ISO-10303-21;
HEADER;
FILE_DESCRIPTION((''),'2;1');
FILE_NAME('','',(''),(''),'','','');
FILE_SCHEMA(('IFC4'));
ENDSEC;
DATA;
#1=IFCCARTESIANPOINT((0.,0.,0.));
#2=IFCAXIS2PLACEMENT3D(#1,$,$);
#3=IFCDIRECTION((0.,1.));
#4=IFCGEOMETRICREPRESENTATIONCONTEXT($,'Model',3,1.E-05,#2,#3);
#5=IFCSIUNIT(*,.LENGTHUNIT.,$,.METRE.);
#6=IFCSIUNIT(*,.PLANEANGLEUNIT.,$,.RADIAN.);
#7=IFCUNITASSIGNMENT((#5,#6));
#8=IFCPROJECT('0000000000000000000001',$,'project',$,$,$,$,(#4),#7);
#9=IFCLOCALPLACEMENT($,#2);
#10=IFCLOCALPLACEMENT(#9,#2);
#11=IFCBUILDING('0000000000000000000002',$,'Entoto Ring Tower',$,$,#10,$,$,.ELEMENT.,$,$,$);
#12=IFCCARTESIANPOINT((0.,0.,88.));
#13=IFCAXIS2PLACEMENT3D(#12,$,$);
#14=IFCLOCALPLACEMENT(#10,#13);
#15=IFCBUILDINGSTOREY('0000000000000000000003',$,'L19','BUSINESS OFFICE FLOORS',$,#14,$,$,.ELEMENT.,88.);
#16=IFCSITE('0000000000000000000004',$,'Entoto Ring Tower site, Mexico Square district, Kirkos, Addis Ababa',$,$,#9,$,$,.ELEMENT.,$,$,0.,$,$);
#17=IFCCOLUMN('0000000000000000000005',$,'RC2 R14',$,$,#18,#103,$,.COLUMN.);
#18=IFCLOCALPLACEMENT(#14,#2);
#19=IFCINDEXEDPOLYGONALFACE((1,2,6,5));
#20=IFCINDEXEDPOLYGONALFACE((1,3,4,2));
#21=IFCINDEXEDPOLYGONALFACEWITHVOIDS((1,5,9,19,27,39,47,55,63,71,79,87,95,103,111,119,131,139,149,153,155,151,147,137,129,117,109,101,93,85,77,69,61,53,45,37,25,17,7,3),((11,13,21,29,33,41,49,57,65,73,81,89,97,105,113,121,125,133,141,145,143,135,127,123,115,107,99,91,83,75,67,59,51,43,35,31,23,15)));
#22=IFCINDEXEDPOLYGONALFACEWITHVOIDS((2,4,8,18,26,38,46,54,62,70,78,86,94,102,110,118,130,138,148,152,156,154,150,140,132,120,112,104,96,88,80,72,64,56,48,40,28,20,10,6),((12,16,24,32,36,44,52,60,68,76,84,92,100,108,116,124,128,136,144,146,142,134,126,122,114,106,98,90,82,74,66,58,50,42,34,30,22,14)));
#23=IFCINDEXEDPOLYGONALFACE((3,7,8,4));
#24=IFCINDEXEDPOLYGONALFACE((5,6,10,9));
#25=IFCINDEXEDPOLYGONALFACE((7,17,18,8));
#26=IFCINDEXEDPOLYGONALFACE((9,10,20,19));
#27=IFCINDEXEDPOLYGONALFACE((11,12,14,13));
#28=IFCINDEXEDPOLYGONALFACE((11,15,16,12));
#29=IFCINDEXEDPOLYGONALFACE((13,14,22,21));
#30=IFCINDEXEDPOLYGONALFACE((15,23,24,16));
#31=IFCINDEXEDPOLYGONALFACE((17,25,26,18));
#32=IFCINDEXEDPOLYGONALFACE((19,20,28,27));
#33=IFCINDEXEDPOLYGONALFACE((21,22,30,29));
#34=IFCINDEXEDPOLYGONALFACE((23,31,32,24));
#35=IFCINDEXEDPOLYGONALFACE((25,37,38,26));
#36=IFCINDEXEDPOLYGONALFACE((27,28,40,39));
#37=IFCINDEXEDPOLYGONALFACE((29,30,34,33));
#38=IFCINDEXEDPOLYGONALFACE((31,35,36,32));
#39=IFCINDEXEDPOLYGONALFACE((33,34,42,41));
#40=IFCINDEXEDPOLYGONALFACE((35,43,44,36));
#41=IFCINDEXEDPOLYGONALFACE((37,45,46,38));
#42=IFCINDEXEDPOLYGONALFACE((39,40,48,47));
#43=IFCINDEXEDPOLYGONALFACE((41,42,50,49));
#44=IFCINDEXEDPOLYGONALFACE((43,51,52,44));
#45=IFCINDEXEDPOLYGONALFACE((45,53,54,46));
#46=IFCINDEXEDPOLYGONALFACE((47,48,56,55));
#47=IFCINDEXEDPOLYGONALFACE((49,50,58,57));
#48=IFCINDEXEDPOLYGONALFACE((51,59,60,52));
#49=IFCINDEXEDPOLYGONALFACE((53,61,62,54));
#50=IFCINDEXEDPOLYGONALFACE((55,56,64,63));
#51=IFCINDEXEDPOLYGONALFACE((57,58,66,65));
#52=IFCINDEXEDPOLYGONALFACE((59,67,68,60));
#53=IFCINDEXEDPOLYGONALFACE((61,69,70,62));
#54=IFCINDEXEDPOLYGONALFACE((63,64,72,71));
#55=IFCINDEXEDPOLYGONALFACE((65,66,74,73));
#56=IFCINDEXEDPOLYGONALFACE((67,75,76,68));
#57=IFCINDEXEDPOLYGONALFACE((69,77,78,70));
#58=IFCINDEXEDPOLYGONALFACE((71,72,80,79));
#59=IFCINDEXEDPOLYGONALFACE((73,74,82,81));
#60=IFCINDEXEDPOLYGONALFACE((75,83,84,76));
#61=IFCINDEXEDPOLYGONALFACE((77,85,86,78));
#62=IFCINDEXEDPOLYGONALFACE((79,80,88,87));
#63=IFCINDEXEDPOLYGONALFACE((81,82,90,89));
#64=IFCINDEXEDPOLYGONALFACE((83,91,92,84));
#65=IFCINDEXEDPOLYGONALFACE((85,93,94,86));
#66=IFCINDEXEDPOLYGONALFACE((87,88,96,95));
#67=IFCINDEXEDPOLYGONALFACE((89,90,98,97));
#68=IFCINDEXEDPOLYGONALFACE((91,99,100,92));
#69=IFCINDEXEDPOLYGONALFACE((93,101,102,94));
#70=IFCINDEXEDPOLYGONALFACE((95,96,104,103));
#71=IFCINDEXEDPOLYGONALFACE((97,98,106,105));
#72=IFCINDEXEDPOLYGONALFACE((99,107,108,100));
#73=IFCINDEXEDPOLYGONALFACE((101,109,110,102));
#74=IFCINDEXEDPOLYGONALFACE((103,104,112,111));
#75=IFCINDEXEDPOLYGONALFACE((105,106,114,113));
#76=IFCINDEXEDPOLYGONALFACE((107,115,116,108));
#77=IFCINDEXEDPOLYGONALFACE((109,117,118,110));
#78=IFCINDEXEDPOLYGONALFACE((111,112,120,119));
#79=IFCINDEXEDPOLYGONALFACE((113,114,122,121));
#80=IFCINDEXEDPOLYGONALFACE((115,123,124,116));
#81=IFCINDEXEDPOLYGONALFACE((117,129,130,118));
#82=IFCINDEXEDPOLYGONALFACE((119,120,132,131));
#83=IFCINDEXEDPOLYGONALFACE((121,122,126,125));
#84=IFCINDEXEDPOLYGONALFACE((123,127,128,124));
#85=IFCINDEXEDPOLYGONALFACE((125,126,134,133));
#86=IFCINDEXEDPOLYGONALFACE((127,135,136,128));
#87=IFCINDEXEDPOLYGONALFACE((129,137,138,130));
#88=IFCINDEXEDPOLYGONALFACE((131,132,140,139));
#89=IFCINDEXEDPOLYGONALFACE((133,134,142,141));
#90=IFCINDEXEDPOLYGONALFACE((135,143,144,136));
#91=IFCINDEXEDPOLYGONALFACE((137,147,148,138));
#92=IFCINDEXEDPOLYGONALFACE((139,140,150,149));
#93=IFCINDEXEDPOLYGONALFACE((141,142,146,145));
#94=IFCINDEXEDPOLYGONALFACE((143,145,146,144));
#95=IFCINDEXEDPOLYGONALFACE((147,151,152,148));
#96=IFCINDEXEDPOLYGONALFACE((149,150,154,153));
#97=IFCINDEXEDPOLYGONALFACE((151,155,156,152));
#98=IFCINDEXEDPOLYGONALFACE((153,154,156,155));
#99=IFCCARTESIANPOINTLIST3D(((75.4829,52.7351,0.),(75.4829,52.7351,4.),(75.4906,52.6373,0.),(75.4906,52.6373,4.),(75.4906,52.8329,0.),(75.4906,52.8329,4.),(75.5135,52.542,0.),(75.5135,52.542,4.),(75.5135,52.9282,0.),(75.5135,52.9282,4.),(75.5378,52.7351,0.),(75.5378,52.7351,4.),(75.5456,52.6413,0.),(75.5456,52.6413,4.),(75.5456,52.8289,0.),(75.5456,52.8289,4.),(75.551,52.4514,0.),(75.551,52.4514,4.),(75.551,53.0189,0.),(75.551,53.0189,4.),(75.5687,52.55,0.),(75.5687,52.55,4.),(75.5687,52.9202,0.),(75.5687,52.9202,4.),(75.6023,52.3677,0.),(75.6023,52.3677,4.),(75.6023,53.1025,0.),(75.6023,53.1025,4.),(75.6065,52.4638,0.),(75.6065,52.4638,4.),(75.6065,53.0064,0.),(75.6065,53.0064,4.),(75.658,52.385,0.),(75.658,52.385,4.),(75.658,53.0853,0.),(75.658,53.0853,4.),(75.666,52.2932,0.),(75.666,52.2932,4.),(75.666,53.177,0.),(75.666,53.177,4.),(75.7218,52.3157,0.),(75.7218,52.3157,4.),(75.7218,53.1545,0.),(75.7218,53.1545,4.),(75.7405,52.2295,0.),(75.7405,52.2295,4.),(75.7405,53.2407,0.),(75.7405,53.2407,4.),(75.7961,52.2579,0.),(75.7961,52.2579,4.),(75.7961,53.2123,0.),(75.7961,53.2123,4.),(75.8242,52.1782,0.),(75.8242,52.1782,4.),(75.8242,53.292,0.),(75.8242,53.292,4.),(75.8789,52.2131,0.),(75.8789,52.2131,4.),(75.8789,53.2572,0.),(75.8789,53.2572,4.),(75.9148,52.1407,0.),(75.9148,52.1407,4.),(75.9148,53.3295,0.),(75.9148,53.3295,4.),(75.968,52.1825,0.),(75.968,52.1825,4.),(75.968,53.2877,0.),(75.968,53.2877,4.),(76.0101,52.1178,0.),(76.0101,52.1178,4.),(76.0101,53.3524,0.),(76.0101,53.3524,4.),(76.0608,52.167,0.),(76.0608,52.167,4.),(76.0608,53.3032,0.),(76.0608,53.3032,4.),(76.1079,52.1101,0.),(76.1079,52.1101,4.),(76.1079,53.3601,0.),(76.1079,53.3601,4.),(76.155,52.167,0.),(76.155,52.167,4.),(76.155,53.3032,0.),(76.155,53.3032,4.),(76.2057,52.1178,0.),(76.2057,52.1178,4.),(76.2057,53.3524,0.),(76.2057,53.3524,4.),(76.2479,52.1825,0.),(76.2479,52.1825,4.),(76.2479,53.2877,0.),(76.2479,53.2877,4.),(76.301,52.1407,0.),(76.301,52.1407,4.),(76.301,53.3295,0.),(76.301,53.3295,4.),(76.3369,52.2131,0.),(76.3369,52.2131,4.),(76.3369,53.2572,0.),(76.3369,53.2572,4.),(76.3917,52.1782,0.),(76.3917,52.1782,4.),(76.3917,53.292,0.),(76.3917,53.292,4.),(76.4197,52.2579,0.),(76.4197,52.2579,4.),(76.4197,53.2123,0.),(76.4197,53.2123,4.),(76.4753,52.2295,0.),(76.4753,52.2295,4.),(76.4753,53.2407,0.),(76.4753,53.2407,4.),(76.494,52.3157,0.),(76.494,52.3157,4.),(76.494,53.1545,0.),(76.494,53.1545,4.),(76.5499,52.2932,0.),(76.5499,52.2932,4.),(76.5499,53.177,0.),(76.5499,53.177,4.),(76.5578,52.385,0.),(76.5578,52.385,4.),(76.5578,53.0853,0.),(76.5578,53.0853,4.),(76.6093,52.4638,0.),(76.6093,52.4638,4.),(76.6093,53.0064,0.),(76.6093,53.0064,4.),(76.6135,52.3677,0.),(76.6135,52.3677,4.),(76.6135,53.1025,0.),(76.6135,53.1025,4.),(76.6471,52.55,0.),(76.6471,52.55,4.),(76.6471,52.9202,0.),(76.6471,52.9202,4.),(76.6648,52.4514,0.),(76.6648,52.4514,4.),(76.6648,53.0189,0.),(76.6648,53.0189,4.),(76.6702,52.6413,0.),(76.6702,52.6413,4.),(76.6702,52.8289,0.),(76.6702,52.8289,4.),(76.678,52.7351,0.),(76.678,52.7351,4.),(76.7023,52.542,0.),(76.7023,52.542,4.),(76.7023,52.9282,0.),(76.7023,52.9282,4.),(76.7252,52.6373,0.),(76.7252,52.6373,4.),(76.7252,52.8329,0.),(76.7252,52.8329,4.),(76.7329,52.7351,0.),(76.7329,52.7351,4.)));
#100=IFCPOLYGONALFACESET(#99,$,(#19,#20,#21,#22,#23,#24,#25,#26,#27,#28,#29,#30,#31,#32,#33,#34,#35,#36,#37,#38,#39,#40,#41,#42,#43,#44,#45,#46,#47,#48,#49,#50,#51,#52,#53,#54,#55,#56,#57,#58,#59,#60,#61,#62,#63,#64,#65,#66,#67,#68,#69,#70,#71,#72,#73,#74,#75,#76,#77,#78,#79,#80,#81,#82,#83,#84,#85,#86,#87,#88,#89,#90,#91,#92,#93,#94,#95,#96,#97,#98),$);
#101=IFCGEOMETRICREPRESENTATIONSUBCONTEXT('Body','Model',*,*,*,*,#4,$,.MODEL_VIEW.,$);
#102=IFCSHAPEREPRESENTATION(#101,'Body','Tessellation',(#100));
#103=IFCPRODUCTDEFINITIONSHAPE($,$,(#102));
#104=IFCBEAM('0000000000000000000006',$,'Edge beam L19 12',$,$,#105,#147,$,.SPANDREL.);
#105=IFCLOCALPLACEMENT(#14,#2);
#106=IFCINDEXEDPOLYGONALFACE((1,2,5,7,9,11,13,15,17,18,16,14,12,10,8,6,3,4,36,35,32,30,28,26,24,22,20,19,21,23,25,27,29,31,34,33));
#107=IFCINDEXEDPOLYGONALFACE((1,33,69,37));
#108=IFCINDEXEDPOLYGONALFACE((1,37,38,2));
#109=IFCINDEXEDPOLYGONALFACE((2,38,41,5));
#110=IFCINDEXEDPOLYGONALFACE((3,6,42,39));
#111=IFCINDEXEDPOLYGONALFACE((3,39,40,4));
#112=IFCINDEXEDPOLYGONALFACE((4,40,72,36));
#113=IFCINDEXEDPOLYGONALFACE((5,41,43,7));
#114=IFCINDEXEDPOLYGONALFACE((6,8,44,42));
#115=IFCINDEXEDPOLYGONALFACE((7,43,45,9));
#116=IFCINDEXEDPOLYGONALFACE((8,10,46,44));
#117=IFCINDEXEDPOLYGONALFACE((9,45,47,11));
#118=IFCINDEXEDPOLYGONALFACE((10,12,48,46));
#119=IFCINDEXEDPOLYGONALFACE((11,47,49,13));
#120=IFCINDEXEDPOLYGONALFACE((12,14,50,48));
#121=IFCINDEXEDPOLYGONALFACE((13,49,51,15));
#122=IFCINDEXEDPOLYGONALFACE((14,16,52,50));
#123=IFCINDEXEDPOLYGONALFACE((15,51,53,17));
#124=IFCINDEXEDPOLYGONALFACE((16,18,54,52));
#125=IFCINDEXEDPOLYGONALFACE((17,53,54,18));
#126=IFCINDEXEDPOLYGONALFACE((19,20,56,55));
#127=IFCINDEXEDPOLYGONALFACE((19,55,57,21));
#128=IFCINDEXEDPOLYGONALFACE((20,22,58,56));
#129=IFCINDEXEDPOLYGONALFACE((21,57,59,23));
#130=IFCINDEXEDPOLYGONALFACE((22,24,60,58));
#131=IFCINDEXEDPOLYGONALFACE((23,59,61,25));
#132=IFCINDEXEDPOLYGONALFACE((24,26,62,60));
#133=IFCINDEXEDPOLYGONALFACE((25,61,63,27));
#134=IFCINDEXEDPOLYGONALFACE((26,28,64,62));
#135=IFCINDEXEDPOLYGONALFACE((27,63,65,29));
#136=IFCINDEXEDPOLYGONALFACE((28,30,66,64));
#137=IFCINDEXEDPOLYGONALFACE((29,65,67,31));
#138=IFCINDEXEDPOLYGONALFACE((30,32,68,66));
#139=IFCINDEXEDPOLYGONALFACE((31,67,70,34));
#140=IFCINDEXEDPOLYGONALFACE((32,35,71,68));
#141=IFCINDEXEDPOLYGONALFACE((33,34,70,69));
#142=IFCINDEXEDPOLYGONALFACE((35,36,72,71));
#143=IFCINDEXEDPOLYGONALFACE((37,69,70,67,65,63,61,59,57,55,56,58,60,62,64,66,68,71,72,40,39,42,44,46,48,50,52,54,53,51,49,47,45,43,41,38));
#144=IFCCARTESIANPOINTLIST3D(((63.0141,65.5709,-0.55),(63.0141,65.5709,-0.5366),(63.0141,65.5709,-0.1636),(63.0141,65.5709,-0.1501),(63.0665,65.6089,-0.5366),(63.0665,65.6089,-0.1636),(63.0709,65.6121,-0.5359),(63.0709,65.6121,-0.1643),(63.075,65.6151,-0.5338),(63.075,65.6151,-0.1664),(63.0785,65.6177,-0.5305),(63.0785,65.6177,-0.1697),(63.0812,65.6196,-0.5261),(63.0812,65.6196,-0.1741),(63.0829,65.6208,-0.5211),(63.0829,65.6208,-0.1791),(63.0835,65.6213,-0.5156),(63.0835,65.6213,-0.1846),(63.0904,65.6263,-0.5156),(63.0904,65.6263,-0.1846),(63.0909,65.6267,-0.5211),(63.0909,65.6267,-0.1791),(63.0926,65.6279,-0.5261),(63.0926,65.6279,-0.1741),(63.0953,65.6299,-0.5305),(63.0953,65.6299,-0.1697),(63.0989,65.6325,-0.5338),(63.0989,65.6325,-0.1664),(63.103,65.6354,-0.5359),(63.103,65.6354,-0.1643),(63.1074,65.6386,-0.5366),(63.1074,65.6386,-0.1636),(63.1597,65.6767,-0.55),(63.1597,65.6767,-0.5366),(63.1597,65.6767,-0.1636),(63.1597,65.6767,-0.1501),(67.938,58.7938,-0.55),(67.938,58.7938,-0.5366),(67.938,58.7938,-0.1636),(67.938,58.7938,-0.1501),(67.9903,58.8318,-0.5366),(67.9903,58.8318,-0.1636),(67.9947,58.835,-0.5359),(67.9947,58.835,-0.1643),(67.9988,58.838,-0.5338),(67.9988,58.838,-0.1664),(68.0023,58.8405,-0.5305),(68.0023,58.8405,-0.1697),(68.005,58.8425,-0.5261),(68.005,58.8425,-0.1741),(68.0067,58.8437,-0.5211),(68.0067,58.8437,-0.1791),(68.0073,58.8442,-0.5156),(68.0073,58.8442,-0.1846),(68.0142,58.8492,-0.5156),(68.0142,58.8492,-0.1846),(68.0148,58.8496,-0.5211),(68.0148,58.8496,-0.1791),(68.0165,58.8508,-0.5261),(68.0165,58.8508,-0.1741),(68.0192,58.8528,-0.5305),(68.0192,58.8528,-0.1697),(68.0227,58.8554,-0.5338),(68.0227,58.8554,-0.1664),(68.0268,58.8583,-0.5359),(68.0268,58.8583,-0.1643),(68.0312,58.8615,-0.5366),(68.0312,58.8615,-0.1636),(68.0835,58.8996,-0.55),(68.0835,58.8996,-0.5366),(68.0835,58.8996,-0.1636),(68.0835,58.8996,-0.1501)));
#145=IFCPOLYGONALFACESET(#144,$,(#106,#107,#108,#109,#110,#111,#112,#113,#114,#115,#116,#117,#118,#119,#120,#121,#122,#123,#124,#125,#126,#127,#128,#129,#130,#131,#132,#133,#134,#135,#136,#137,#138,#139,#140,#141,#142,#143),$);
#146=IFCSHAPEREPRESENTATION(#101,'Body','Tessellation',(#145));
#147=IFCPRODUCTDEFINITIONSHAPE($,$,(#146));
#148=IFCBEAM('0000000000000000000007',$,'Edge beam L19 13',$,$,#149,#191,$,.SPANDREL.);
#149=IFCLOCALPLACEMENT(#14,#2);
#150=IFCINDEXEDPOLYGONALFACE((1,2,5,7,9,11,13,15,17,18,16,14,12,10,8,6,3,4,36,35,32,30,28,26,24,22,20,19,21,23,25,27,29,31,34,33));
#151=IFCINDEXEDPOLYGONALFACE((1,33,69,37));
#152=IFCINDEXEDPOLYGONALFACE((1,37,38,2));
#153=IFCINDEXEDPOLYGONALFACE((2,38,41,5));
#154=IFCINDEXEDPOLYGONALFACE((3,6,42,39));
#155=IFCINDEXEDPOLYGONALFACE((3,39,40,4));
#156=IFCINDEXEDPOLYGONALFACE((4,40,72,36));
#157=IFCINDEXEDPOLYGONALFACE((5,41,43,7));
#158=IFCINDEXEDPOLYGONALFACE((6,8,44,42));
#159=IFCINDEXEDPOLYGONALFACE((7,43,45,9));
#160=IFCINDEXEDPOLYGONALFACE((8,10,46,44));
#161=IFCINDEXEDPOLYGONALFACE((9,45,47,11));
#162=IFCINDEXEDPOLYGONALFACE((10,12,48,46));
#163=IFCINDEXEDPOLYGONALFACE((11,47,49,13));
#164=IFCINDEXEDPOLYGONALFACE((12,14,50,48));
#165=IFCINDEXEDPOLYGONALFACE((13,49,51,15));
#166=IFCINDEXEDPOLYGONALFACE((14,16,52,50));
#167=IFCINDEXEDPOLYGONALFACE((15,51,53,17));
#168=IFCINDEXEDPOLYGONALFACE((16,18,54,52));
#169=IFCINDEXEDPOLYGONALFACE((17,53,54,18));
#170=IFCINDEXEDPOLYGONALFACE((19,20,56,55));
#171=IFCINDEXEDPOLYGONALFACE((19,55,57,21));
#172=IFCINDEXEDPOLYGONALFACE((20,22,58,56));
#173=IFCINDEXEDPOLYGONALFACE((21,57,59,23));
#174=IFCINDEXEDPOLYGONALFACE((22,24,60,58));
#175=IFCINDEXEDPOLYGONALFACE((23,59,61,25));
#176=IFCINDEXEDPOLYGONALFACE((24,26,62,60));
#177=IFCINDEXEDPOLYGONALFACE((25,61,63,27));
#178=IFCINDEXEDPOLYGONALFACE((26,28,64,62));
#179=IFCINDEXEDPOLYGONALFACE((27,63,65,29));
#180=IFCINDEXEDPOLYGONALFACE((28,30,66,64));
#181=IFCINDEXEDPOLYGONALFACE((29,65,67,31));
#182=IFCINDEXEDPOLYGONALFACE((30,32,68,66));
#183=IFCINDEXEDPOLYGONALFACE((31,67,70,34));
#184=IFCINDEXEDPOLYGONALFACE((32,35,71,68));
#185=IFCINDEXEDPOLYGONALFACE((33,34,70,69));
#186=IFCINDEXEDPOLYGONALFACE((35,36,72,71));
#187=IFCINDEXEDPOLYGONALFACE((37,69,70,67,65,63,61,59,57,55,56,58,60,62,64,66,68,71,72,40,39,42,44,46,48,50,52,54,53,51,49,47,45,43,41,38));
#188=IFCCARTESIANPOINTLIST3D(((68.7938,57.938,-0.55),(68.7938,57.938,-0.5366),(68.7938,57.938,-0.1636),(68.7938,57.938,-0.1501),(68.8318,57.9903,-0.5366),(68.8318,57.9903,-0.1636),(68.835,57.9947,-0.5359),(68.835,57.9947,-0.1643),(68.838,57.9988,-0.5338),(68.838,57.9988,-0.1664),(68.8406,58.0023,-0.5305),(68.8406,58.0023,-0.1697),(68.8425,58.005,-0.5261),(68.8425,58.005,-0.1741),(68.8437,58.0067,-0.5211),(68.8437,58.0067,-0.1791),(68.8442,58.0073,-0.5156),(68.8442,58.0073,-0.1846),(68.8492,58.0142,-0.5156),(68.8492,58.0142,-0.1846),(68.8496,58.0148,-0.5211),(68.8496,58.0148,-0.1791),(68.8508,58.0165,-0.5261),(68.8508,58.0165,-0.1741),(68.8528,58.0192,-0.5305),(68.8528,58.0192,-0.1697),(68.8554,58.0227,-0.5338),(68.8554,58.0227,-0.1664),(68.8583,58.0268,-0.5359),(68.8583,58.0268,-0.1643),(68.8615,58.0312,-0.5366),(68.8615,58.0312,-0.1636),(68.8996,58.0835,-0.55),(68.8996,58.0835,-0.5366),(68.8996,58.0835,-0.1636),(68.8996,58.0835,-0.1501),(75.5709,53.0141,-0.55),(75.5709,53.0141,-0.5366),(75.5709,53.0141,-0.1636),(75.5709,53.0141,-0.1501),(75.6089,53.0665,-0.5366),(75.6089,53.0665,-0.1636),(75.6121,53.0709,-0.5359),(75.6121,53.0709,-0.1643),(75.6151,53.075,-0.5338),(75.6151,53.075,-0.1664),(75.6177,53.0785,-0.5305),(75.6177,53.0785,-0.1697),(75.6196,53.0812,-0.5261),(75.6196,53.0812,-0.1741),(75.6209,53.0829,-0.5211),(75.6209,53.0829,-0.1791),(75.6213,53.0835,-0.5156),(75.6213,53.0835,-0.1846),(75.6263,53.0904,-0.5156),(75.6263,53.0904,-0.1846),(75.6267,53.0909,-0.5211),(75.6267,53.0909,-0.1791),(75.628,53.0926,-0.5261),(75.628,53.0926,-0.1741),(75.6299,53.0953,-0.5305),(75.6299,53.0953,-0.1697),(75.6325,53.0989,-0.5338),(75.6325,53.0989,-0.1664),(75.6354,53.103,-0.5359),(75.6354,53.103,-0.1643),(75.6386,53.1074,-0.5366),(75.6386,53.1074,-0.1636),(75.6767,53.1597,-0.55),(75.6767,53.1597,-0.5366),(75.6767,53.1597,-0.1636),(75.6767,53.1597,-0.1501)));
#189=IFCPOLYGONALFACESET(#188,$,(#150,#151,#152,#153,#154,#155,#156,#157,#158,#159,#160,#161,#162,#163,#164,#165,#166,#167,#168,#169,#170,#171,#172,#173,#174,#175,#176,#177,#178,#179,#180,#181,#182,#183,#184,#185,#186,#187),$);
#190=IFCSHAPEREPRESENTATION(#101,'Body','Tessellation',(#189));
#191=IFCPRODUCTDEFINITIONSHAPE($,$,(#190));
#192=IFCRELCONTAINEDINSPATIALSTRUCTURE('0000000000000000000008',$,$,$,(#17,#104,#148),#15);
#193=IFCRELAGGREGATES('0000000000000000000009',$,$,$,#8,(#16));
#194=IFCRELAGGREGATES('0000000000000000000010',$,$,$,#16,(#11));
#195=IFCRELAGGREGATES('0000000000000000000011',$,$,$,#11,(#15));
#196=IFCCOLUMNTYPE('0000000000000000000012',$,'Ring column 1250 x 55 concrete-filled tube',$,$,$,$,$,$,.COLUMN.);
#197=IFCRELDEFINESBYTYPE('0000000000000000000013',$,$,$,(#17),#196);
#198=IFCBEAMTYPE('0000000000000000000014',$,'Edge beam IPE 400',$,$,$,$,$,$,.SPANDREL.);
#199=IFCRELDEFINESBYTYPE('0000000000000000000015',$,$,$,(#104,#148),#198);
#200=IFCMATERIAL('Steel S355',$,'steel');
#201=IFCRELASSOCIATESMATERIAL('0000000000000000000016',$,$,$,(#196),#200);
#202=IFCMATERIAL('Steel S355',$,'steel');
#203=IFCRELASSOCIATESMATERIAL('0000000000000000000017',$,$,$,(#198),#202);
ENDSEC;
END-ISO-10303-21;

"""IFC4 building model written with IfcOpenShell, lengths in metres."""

from ifc_helpers import new_model, si_unit, direction, frame, origin, origin_2d, place, context, subcontext, project, spatial, circle, hollow_circle, i_section, extrude, material, material_profile, profile_set, type_object, element, save


model = new_model("IFC4")

# Units and contexts
model_context = context("Model", 3, precision=1e-05, world=origin(), true_north=direction((0.0, 1.0)))
body_context = subcontext(model_context, "Body", "Model", "MODEL_VIEW")
ifc_project = project(units=[si_unit("LENGTHUNIT", "METRE"), si_unit("PLANEANGLEUNIT", "RADIAN")], contexts=[model_context])

# Site, building, storey
site_placement = place(None, origin())
site = spatial("IfcSite", under=ifc_project, at=site_placement, Name="Entoto Ring Tower site, Mexico Square district, Kirkos, Addis Ababa", CompositionType="ELEMENT", RefElevation=0.0)
building_placement = place(site_placement, origin())
building = spatial("IfcBuilding", under=site, at=building_placement, Name="Entoto Ring Tower", CompositionType="ELEMENT")
storey_placement = place(building_placement, frame((0.0, 0.0, 88.0)))
storey = spatial("IfcBuildingStorey", under=building, at=storey_placement, Name="L19", Description="BUSINESS OFFICE FLOORS", CompositionType="ELEMENT", Elevation=88.0)

# Column
ifc_material_1 = material(Name="Steel S355", Category="steel")
ifc_material_profile_1 = material_profile(ifc_material_1, hollow_circle(Radius=0.625, WallThickness=0.0549, at=origin_2d()), Name="CHS 1250 x 55")
ifc_material_2 = material(Name="Concrete C60/75", Category="concrete")
ifc_material_profile_2 = material_profile(ifc_material_2, circle(Radius=0.5701, at=origin_2d()), Name="Concrete C60/75 infill")
ifc_profile_set_1 = profile_set([ifc_material_profile_1, ifc_material_profile_2], Name="Steel S355")
column_type = type_object("IfcColumnType", Name="Ring column 1250 x 55 concrete-filled tube", PredefinedType="COLUMN", material=ifc_profile_set_1)
for number, where, z_axis, x_axis, name in (
    (1, (76.1079, 52.7351, 0.0), (0.0, 0.0, 1.0), (1.0, 0.0, 0.0), "RC2 R14"),
):
    element("IfcColumn", number, at=place(storey_placement, frame(where, z_axis=z_axis, x_axis=x_axis)), inside=storey, type_object=column_type, Name=name, PredefinedType="COLUMN", context=body_context, shape_type="SweptSolid", body=[
        extrude(hollow_circle(Radius=0.625, WallThickness=0.0549, at=origin_2d()), origin(), (0.0, 0.0, 1.0), 4.0),
    ])

# Beams
ifc_material_3 = material(Name="Steel S355", Category="steel")
ifc_material_profile_3 = material_profile(ifc_material_3, i_section(OverallWidth=0.1799, OverallDepth=0.3999, WebThickness=0.0085, FlangeThickness=0.0134, FilletRadius=0.021, at=origin_2d()), Name="IPE 400")
ifc_profile_set_2 = profile_set([ifc_material_profile_3], Name="Steel S355")
beam_type = type_object("IfcBeamType", Name="Edge beam IPE 400", PredefinedType="SPANDREL", material=ifc_profile_set_2)
for number, where, z_axis, x_axis, name in (
    (2, (63.0869, 65.6238, -0.3501), (0.587783, -0.809018, 0.0), (0.809018, 0.587783, 0.0), "Edge beam L19 12"),
    (3, (68.8467, 58.0107, -0.3501), (0.809018, -0.587783, 0.0), (0.587783, 0.809018, 0.0), "Edge beam L19 13"),
):
    element("IfcBeam", number, at=place(storey_placement, frame(where, z_axis=z_axis, x_axis=x_axis)), inside=storey, type_object=beam_type, Name=name, PredefinedType="SPANDREL", context=body_context, shape_type="SweptSolid", body=[
        extrude(i_section(OverallWidth=0.1799, OverallDepth=0.3999, WebThickness=0.0085, FlangeThickness=0.0134, FilletRadius=0.021, at=origin_2d()), origin(), (0.0, 0.0, 1.0), 8.377),
    ])

save(model, "model.ifc")
